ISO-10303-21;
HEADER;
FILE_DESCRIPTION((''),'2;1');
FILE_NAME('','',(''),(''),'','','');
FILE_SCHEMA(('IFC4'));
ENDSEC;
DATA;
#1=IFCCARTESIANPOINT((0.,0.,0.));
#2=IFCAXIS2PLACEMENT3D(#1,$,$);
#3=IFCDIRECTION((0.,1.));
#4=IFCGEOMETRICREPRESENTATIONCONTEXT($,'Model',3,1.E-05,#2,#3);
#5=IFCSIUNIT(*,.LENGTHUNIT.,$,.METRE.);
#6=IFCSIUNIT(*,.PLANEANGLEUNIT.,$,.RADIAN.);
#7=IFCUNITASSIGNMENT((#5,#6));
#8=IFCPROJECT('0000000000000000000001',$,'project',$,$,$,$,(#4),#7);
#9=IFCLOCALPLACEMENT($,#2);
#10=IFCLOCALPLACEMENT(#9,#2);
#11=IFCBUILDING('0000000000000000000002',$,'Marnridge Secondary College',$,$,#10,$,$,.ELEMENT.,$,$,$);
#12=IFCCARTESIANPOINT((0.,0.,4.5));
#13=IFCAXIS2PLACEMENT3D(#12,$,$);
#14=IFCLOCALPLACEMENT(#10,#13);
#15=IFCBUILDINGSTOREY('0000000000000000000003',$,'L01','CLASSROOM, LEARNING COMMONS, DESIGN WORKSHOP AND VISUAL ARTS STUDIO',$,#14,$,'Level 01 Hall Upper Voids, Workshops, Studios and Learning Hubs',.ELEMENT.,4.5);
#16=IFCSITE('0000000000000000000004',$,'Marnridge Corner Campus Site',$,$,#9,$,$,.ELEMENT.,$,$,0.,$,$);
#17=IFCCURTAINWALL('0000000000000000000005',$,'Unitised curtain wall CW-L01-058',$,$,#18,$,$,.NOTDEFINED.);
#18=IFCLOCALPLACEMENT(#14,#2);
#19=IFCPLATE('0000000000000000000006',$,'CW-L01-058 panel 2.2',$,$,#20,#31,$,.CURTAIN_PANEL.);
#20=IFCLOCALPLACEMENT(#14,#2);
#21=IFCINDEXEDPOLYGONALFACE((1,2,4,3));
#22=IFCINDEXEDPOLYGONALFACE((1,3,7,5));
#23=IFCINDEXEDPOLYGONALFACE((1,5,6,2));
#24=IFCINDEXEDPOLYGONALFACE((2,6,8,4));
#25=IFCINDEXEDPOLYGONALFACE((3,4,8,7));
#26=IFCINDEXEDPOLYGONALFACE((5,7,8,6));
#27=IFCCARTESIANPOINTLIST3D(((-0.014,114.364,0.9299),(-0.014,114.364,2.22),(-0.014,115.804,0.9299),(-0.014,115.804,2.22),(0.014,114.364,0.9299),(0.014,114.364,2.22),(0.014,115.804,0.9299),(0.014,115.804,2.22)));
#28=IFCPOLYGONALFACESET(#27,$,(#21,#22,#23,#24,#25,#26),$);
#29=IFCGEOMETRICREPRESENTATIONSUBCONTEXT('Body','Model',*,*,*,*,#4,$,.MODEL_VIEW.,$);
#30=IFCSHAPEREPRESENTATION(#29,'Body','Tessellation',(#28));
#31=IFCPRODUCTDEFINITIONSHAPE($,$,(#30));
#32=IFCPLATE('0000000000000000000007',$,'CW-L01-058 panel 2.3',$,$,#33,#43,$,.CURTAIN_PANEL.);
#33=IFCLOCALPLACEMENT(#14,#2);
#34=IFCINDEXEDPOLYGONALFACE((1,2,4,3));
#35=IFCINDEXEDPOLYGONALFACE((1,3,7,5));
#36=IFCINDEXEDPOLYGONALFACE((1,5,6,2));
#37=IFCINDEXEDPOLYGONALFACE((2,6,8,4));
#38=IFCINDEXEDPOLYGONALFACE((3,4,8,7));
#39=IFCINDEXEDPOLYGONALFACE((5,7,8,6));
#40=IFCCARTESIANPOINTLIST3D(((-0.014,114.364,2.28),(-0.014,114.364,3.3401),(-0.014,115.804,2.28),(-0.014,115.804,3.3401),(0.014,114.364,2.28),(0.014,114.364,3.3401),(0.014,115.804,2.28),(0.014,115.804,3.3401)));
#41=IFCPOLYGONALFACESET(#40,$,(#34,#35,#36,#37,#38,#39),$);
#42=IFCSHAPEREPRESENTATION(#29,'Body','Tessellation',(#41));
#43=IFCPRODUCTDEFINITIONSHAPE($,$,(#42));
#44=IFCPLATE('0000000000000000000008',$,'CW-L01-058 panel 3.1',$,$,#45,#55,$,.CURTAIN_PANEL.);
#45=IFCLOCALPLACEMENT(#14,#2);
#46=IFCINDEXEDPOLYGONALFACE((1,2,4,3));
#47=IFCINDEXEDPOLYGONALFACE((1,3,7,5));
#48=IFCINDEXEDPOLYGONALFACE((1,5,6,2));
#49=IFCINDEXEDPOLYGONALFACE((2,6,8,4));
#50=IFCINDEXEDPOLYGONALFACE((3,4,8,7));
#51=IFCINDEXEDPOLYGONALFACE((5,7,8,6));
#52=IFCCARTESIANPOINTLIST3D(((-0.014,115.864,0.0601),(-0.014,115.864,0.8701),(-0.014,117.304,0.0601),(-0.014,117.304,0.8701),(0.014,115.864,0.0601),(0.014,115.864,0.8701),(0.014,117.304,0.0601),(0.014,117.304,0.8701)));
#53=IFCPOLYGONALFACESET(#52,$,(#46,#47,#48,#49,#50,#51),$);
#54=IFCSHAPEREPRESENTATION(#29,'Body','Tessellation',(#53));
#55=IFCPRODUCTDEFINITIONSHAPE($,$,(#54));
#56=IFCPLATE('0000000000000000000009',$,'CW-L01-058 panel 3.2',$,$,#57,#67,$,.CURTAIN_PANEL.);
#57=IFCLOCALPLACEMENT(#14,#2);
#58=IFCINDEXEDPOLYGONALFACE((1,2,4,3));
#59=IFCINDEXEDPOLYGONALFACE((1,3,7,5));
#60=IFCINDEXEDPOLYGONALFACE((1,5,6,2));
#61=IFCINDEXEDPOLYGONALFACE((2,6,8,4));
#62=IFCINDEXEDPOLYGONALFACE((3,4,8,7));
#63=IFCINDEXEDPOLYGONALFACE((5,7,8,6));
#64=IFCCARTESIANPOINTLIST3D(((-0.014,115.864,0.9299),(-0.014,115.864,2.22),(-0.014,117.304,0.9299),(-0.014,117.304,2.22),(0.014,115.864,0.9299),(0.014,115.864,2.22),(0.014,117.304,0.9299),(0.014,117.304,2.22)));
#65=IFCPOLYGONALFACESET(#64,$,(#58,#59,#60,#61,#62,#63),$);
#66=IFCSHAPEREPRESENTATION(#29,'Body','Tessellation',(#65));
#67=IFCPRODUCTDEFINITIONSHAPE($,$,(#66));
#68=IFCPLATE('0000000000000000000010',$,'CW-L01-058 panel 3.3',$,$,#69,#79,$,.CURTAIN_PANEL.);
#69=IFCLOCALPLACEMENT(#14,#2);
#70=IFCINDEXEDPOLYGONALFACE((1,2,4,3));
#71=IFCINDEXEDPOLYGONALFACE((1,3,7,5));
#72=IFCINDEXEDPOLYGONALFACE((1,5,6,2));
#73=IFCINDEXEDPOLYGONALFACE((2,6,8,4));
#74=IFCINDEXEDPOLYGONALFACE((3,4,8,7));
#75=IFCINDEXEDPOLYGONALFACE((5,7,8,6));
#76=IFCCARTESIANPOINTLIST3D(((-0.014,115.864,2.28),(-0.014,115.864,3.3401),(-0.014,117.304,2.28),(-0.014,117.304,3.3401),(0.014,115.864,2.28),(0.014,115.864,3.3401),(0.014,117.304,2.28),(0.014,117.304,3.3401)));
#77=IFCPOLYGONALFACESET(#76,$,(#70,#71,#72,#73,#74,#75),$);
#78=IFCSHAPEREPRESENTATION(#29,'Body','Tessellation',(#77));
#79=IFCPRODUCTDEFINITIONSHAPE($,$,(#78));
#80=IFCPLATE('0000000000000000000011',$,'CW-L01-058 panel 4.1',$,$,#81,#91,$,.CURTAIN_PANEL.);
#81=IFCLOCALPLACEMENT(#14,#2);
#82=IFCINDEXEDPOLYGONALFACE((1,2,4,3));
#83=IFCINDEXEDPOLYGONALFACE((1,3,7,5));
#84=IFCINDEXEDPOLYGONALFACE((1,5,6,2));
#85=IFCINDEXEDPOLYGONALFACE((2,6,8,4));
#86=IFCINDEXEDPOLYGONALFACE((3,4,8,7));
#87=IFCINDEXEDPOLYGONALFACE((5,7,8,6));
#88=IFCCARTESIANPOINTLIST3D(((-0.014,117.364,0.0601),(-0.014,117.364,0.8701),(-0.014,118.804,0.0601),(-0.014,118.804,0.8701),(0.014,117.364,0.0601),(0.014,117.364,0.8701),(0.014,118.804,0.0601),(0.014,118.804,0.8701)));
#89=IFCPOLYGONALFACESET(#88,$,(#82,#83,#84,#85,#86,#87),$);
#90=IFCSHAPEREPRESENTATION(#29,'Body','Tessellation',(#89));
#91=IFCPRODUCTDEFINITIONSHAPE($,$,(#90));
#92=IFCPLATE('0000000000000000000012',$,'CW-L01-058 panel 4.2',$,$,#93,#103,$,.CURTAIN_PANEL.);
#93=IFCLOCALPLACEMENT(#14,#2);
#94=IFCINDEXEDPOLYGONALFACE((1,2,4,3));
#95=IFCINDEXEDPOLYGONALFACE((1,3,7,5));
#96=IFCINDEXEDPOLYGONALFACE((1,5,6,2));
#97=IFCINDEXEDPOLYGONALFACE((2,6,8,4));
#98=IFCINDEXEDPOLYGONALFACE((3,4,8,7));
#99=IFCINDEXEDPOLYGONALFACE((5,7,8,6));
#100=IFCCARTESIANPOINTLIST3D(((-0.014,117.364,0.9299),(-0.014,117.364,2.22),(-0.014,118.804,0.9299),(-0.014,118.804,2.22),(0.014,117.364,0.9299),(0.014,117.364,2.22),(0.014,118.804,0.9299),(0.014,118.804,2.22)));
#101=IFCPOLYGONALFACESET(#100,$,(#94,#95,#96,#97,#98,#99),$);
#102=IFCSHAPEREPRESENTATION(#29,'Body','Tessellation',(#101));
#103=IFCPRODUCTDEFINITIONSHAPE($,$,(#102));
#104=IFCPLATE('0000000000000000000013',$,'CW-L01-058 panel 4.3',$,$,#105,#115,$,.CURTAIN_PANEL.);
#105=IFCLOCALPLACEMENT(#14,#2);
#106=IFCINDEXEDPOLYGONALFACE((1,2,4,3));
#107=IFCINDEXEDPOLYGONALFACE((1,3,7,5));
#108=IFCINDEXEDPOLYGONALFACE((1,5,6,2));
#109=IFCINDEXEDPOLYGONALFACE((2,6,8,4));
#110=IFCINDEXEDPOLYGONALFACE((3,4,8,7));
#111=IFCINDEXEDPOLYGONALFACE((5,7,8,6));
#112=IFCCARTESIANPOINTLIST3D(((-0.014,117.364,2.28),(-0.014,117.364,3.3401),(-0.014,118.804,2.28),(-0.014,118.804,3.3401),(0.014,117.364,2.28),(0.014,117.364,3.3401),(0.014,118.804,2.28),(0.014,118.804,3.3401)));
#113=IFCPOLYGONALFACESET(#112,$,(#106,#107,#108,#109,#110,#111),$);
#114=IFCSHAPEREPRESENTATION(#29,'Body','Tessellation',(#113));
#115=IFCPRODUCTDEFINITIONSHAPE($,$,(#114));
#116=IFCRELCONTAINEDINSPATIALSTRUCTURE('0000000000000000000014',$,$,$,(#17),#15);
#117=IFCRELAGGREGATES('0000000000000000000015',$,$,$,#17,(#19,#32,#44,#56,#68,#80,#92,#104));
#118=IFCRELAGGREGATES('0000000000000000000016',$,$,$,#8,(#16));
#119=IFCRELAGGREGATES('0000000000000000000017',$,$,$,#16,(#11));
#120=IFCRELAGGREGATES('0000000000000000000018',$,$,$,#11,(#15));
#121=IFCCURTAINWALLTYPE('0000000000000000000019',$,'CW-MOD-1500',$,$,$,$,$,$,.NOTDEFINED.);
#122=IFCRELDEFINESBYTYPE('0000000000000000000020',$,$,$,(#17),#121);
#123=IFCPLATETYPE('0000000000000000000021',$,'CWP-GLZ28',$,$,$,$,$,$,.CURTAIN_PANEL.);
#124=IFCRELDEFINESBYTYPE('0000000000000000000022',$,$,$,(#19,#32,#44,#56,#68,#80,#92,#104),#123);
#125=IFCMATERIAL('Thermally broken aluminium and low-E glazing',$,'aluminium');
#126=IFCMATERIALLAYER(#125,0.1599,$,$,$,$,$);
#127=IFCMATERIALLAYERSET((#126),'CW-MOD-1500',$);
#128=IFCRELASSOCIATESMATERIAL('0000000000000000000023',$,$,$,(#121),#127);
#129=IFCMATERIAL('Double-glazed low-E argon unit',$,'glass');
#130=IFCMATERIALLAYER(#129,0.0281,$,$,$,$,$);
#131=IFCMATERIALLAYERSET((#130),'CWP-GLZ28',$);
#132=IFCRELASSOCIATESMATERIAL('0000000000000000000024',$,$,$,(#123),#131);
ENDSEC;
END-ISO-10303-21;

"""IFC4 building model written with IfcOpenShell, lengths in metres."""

from ifc_helpers import new_model, si_unit, direction, frame, origin, origin_2d, place, context, subcontext, project, spatial, rectangle, extrude, material, layer, layer_set, type_object, element, aggregate, save


model = new_model("IFC4")

# Units and contexts
model_context = context("Model", 3, precision=1e-05, world=origin(), true_north=direction((0.0, 1.0)))
body_context = subcontext(model_context, "Body", "Model", "MODEL_VIEW")
ifc_project = project(units=[si_unit("LENGTHUNIT", "METRE"), si_unit("PLANEANGLEUNIT", "RADIAN")], contexts=[model_context])

# Site, building, storey
site_placement = place(None, origin())
site = spatial("IfcSite", under=ifc_project, at=site_placement, Name="Marnridge Corner Campus Site", CompositionType="ELEMENT", RefElevation=0.0)
building_placement = place(site_placement, origin())
building = spatial("IfcBuilding", under=site, at=building_placement, Name="Marnridge Secondary College", CompositionType="ELEMENT")
storey_placement = place(building_placement, frame((0.0, 0.0, 4.5)))
storey = spatial("IfcBuildingStorey", under=building, at=storey_placement, Name="L01", Description="CLASSROOM, LEARNING COMMONS, DESIGN WORKSHOP AND VISUAL ARTS STUDIO", LongName="Level 01 Hall Upper Voids, Workshops, Studios and Learning Hubs", CompositionType="ELEMENT", Elevation=4.5)

# Curtain wall, plates
ifc_material_1 = material(Name="Thermally broken aluminium and low-E glazing", Category="aluminium")
ifc_layer_1 = layer(ifc_material_1, 0.1599)
ifc_layer_set_1 = layer_set([ifc_layer_1], Name="CW-MOD-1500")
curtain_wall_type = type_object("IfcCurtainWallType", Name="CW-MOD-1500", PredefinedType="NOTDEFINED", material=ifc_layer_set_1)
curtain_wall_placement = place(storey_placement, origin())
curtain_wall = element("IfcCurtainWall", 1, at=curtain_wall_placement, inside=storey, type_object=curtain_wall_type, Name="Unitised curtain wall CW-L01-058", PredefinedType="NOTDEFINED")
ifc_material_2 = material(Name="Double-glazed low-E argon unit", Category="glass")
ifc_layer_2 = layer(ifc_material_2, 0.0281)
ifc_layer_set_2 = layer_set([ifc_layer_2], Name="CWP-GLZ28")
plate_type = type_object("IfcPlateType", Name="CWP-GLZ28", PredefinedType="CURTAIN_PANEL", material=ifc_layer_set_2)
plate_1_placement = place(storey_placement, frame((0.0, 115.084, 0.9299), z_axis=(0.0, 0.0, 1.0), x_axis=(0.0, 1.0, 0.0)))
plate_1 = element("IfcPlate", 2, at=plate_1_placement, type_object=plate_type, Name="CW-L01-058 panel 2.2", PredefinedType="CURTAIN_PANEL", context=body_context, shape_type="SweptSolid", body=[
    extrude(rectangle(XDim=1.4399, YDim=0.0281, at=origin_2d()), origin(), (0.0, 0.0, 1.0), 1.29),
])
plate_2_placement = place(storey_placement, frame((0.0, 115.084, 2.28), z_axis=(0.0, 0.0, 1.0), x_axis=(0.0, 1.0, 0.0)))
plate_2 = element("IfcPlate", 3, at=plate_2_placement, type_object=plate_type, Name="CW-L01-058 panel 2.3", PredefinedType="CURTAIN_PANEL", context=body_context, shape_type="SweptSolid", body=[
    extrude(rectangle(XDim=1.4399, YDim=0.0281, at=origin_2d()), origin(), (0.0, 0.0, 1.0), 1.0601),
])
plate_3_placement = place(storey_placement, frame((0.0, 116.584, 0.0601), z_axis=(0.0, 0.0, 1.0), x_axis=(0.0, 1.0, 0.0)))
plate_3 = element("IfcPlate", 4, at=plate_3_placement, type_object=plate_type, Name="CW-L01-058 panel 3.1", PredefinedType="CURTAIN_PANEL", context=body_context, shape_type="SweptSolid", body=[
    extrude(rectangle(XDim=1.4399, YDim=0.0281, at=origin_2d()), origin(), (0.0, 0.0, 1.0), 0.8101),
])
plate_4_placement = place(storey_placement, frame((0.0, 116.584, 0.9299), z_axis=(0.0, 0.0, 1.0), x_axis=(0.0, 1.0, 0.0)))
plate_4 = element("IfcPlate", 5, at=plate_4_placement, type_object=plate_type, Name="CW-L01-058 panel 3.2", PredefinedType="CURTAIN_PANEL", context=body_context, shape_type="SweptSolid", body=[
    extrude(rectangle(XDim=1.4399, YDim=0.0281, at=origin_2d()), origin(), (0.0, 0.0, 1.0), 1.29),
])
plate_5_placement = place(storey_placement, frame((0.0, 116.584, 2.28), z_axis=(0.0, 0.0, 1.0), x_axis=(0.0, 1.0, 0.0)))
plate_5 = element("IfcPlate", 6, at=plate_5_placement, type_object=plate_type, Name="CW-L01-058 panel 3.3", PredefinedType="CURTAIN_PANEL", context=body_context, shape_type="SweptSolid", body=[
    extrude(rectangle(XDim=1.4399, YDim=0.0281, at=origin_2d()), origin(), (0.0, 0.0, 1.0), 1.0601),
])
plate_6_placement = place(storey_placement, frame((0.0, 118.084, 0.0601), z_axis=(0.0, 0.0, 1.0), x_axis=(0.0, 1.0, 0.0)))
plate_6 = element("IfcPlate", 7, at=plate_6_placement, type_object=plate_type, Name="CW-L01-058 panel 4.1", PredefinedType="CURTAIN_PANEL", context=body_context, shape_type="SweptSolid", body=[
    extrude(rectangle(XDim=1.4399, YDim=0.0281, at=origin_2d()), origin(), (0.0, 0.0, 1.0), 0.8101),
])
plate_7_placement = place(storey_placement, frame((0.0, 118.084, 0.9299), z_axis=(0.0, 0.0, 1.0), x_axis=(0.0, 1.0, 0.0)))
plate_7 = element("IfcPlate", 8, at=plate_7_placement, type_object=plate_type, Name="CW-L01-058 panel 4.2", PredefinedType="CURTAIN_PANEL", context=body_context, shape_type="SweptSolid", body=[
    extrude(rectangle(XDim=1.4399, YDim=0.0281, at=origin_2d()), origin(), (0.0, 0.0, 1.0), 1.29),
])
plate_8_placement = place(storey_placement, frame((0.0, 118.084, 2.28), z_axis=(0.0, 0.0, 1.0), x_axis=(0.0, 1.0, 0.0)))
plate_8 = element("IfcPlate", 9, at=plate_8_placement, type_object=plate_type, Name="CW-L01-058 panel 4.3", PredefinedType="CURTAIN_PANEL", context=body_context, shape_type="SweptSolid", body=[
    extrude(rectangle(XDim=1.4399, YDim=0.0281, at=origin_2d()), origin(), (0.0, 0.0, 1.0), 1.0601),
])
aggregate(curtain_wall, [plate_1, plate_2, plate_3, plate_4, plate_5, plate_6, plate_7, plate_8])

save(model, "model.ifc")
